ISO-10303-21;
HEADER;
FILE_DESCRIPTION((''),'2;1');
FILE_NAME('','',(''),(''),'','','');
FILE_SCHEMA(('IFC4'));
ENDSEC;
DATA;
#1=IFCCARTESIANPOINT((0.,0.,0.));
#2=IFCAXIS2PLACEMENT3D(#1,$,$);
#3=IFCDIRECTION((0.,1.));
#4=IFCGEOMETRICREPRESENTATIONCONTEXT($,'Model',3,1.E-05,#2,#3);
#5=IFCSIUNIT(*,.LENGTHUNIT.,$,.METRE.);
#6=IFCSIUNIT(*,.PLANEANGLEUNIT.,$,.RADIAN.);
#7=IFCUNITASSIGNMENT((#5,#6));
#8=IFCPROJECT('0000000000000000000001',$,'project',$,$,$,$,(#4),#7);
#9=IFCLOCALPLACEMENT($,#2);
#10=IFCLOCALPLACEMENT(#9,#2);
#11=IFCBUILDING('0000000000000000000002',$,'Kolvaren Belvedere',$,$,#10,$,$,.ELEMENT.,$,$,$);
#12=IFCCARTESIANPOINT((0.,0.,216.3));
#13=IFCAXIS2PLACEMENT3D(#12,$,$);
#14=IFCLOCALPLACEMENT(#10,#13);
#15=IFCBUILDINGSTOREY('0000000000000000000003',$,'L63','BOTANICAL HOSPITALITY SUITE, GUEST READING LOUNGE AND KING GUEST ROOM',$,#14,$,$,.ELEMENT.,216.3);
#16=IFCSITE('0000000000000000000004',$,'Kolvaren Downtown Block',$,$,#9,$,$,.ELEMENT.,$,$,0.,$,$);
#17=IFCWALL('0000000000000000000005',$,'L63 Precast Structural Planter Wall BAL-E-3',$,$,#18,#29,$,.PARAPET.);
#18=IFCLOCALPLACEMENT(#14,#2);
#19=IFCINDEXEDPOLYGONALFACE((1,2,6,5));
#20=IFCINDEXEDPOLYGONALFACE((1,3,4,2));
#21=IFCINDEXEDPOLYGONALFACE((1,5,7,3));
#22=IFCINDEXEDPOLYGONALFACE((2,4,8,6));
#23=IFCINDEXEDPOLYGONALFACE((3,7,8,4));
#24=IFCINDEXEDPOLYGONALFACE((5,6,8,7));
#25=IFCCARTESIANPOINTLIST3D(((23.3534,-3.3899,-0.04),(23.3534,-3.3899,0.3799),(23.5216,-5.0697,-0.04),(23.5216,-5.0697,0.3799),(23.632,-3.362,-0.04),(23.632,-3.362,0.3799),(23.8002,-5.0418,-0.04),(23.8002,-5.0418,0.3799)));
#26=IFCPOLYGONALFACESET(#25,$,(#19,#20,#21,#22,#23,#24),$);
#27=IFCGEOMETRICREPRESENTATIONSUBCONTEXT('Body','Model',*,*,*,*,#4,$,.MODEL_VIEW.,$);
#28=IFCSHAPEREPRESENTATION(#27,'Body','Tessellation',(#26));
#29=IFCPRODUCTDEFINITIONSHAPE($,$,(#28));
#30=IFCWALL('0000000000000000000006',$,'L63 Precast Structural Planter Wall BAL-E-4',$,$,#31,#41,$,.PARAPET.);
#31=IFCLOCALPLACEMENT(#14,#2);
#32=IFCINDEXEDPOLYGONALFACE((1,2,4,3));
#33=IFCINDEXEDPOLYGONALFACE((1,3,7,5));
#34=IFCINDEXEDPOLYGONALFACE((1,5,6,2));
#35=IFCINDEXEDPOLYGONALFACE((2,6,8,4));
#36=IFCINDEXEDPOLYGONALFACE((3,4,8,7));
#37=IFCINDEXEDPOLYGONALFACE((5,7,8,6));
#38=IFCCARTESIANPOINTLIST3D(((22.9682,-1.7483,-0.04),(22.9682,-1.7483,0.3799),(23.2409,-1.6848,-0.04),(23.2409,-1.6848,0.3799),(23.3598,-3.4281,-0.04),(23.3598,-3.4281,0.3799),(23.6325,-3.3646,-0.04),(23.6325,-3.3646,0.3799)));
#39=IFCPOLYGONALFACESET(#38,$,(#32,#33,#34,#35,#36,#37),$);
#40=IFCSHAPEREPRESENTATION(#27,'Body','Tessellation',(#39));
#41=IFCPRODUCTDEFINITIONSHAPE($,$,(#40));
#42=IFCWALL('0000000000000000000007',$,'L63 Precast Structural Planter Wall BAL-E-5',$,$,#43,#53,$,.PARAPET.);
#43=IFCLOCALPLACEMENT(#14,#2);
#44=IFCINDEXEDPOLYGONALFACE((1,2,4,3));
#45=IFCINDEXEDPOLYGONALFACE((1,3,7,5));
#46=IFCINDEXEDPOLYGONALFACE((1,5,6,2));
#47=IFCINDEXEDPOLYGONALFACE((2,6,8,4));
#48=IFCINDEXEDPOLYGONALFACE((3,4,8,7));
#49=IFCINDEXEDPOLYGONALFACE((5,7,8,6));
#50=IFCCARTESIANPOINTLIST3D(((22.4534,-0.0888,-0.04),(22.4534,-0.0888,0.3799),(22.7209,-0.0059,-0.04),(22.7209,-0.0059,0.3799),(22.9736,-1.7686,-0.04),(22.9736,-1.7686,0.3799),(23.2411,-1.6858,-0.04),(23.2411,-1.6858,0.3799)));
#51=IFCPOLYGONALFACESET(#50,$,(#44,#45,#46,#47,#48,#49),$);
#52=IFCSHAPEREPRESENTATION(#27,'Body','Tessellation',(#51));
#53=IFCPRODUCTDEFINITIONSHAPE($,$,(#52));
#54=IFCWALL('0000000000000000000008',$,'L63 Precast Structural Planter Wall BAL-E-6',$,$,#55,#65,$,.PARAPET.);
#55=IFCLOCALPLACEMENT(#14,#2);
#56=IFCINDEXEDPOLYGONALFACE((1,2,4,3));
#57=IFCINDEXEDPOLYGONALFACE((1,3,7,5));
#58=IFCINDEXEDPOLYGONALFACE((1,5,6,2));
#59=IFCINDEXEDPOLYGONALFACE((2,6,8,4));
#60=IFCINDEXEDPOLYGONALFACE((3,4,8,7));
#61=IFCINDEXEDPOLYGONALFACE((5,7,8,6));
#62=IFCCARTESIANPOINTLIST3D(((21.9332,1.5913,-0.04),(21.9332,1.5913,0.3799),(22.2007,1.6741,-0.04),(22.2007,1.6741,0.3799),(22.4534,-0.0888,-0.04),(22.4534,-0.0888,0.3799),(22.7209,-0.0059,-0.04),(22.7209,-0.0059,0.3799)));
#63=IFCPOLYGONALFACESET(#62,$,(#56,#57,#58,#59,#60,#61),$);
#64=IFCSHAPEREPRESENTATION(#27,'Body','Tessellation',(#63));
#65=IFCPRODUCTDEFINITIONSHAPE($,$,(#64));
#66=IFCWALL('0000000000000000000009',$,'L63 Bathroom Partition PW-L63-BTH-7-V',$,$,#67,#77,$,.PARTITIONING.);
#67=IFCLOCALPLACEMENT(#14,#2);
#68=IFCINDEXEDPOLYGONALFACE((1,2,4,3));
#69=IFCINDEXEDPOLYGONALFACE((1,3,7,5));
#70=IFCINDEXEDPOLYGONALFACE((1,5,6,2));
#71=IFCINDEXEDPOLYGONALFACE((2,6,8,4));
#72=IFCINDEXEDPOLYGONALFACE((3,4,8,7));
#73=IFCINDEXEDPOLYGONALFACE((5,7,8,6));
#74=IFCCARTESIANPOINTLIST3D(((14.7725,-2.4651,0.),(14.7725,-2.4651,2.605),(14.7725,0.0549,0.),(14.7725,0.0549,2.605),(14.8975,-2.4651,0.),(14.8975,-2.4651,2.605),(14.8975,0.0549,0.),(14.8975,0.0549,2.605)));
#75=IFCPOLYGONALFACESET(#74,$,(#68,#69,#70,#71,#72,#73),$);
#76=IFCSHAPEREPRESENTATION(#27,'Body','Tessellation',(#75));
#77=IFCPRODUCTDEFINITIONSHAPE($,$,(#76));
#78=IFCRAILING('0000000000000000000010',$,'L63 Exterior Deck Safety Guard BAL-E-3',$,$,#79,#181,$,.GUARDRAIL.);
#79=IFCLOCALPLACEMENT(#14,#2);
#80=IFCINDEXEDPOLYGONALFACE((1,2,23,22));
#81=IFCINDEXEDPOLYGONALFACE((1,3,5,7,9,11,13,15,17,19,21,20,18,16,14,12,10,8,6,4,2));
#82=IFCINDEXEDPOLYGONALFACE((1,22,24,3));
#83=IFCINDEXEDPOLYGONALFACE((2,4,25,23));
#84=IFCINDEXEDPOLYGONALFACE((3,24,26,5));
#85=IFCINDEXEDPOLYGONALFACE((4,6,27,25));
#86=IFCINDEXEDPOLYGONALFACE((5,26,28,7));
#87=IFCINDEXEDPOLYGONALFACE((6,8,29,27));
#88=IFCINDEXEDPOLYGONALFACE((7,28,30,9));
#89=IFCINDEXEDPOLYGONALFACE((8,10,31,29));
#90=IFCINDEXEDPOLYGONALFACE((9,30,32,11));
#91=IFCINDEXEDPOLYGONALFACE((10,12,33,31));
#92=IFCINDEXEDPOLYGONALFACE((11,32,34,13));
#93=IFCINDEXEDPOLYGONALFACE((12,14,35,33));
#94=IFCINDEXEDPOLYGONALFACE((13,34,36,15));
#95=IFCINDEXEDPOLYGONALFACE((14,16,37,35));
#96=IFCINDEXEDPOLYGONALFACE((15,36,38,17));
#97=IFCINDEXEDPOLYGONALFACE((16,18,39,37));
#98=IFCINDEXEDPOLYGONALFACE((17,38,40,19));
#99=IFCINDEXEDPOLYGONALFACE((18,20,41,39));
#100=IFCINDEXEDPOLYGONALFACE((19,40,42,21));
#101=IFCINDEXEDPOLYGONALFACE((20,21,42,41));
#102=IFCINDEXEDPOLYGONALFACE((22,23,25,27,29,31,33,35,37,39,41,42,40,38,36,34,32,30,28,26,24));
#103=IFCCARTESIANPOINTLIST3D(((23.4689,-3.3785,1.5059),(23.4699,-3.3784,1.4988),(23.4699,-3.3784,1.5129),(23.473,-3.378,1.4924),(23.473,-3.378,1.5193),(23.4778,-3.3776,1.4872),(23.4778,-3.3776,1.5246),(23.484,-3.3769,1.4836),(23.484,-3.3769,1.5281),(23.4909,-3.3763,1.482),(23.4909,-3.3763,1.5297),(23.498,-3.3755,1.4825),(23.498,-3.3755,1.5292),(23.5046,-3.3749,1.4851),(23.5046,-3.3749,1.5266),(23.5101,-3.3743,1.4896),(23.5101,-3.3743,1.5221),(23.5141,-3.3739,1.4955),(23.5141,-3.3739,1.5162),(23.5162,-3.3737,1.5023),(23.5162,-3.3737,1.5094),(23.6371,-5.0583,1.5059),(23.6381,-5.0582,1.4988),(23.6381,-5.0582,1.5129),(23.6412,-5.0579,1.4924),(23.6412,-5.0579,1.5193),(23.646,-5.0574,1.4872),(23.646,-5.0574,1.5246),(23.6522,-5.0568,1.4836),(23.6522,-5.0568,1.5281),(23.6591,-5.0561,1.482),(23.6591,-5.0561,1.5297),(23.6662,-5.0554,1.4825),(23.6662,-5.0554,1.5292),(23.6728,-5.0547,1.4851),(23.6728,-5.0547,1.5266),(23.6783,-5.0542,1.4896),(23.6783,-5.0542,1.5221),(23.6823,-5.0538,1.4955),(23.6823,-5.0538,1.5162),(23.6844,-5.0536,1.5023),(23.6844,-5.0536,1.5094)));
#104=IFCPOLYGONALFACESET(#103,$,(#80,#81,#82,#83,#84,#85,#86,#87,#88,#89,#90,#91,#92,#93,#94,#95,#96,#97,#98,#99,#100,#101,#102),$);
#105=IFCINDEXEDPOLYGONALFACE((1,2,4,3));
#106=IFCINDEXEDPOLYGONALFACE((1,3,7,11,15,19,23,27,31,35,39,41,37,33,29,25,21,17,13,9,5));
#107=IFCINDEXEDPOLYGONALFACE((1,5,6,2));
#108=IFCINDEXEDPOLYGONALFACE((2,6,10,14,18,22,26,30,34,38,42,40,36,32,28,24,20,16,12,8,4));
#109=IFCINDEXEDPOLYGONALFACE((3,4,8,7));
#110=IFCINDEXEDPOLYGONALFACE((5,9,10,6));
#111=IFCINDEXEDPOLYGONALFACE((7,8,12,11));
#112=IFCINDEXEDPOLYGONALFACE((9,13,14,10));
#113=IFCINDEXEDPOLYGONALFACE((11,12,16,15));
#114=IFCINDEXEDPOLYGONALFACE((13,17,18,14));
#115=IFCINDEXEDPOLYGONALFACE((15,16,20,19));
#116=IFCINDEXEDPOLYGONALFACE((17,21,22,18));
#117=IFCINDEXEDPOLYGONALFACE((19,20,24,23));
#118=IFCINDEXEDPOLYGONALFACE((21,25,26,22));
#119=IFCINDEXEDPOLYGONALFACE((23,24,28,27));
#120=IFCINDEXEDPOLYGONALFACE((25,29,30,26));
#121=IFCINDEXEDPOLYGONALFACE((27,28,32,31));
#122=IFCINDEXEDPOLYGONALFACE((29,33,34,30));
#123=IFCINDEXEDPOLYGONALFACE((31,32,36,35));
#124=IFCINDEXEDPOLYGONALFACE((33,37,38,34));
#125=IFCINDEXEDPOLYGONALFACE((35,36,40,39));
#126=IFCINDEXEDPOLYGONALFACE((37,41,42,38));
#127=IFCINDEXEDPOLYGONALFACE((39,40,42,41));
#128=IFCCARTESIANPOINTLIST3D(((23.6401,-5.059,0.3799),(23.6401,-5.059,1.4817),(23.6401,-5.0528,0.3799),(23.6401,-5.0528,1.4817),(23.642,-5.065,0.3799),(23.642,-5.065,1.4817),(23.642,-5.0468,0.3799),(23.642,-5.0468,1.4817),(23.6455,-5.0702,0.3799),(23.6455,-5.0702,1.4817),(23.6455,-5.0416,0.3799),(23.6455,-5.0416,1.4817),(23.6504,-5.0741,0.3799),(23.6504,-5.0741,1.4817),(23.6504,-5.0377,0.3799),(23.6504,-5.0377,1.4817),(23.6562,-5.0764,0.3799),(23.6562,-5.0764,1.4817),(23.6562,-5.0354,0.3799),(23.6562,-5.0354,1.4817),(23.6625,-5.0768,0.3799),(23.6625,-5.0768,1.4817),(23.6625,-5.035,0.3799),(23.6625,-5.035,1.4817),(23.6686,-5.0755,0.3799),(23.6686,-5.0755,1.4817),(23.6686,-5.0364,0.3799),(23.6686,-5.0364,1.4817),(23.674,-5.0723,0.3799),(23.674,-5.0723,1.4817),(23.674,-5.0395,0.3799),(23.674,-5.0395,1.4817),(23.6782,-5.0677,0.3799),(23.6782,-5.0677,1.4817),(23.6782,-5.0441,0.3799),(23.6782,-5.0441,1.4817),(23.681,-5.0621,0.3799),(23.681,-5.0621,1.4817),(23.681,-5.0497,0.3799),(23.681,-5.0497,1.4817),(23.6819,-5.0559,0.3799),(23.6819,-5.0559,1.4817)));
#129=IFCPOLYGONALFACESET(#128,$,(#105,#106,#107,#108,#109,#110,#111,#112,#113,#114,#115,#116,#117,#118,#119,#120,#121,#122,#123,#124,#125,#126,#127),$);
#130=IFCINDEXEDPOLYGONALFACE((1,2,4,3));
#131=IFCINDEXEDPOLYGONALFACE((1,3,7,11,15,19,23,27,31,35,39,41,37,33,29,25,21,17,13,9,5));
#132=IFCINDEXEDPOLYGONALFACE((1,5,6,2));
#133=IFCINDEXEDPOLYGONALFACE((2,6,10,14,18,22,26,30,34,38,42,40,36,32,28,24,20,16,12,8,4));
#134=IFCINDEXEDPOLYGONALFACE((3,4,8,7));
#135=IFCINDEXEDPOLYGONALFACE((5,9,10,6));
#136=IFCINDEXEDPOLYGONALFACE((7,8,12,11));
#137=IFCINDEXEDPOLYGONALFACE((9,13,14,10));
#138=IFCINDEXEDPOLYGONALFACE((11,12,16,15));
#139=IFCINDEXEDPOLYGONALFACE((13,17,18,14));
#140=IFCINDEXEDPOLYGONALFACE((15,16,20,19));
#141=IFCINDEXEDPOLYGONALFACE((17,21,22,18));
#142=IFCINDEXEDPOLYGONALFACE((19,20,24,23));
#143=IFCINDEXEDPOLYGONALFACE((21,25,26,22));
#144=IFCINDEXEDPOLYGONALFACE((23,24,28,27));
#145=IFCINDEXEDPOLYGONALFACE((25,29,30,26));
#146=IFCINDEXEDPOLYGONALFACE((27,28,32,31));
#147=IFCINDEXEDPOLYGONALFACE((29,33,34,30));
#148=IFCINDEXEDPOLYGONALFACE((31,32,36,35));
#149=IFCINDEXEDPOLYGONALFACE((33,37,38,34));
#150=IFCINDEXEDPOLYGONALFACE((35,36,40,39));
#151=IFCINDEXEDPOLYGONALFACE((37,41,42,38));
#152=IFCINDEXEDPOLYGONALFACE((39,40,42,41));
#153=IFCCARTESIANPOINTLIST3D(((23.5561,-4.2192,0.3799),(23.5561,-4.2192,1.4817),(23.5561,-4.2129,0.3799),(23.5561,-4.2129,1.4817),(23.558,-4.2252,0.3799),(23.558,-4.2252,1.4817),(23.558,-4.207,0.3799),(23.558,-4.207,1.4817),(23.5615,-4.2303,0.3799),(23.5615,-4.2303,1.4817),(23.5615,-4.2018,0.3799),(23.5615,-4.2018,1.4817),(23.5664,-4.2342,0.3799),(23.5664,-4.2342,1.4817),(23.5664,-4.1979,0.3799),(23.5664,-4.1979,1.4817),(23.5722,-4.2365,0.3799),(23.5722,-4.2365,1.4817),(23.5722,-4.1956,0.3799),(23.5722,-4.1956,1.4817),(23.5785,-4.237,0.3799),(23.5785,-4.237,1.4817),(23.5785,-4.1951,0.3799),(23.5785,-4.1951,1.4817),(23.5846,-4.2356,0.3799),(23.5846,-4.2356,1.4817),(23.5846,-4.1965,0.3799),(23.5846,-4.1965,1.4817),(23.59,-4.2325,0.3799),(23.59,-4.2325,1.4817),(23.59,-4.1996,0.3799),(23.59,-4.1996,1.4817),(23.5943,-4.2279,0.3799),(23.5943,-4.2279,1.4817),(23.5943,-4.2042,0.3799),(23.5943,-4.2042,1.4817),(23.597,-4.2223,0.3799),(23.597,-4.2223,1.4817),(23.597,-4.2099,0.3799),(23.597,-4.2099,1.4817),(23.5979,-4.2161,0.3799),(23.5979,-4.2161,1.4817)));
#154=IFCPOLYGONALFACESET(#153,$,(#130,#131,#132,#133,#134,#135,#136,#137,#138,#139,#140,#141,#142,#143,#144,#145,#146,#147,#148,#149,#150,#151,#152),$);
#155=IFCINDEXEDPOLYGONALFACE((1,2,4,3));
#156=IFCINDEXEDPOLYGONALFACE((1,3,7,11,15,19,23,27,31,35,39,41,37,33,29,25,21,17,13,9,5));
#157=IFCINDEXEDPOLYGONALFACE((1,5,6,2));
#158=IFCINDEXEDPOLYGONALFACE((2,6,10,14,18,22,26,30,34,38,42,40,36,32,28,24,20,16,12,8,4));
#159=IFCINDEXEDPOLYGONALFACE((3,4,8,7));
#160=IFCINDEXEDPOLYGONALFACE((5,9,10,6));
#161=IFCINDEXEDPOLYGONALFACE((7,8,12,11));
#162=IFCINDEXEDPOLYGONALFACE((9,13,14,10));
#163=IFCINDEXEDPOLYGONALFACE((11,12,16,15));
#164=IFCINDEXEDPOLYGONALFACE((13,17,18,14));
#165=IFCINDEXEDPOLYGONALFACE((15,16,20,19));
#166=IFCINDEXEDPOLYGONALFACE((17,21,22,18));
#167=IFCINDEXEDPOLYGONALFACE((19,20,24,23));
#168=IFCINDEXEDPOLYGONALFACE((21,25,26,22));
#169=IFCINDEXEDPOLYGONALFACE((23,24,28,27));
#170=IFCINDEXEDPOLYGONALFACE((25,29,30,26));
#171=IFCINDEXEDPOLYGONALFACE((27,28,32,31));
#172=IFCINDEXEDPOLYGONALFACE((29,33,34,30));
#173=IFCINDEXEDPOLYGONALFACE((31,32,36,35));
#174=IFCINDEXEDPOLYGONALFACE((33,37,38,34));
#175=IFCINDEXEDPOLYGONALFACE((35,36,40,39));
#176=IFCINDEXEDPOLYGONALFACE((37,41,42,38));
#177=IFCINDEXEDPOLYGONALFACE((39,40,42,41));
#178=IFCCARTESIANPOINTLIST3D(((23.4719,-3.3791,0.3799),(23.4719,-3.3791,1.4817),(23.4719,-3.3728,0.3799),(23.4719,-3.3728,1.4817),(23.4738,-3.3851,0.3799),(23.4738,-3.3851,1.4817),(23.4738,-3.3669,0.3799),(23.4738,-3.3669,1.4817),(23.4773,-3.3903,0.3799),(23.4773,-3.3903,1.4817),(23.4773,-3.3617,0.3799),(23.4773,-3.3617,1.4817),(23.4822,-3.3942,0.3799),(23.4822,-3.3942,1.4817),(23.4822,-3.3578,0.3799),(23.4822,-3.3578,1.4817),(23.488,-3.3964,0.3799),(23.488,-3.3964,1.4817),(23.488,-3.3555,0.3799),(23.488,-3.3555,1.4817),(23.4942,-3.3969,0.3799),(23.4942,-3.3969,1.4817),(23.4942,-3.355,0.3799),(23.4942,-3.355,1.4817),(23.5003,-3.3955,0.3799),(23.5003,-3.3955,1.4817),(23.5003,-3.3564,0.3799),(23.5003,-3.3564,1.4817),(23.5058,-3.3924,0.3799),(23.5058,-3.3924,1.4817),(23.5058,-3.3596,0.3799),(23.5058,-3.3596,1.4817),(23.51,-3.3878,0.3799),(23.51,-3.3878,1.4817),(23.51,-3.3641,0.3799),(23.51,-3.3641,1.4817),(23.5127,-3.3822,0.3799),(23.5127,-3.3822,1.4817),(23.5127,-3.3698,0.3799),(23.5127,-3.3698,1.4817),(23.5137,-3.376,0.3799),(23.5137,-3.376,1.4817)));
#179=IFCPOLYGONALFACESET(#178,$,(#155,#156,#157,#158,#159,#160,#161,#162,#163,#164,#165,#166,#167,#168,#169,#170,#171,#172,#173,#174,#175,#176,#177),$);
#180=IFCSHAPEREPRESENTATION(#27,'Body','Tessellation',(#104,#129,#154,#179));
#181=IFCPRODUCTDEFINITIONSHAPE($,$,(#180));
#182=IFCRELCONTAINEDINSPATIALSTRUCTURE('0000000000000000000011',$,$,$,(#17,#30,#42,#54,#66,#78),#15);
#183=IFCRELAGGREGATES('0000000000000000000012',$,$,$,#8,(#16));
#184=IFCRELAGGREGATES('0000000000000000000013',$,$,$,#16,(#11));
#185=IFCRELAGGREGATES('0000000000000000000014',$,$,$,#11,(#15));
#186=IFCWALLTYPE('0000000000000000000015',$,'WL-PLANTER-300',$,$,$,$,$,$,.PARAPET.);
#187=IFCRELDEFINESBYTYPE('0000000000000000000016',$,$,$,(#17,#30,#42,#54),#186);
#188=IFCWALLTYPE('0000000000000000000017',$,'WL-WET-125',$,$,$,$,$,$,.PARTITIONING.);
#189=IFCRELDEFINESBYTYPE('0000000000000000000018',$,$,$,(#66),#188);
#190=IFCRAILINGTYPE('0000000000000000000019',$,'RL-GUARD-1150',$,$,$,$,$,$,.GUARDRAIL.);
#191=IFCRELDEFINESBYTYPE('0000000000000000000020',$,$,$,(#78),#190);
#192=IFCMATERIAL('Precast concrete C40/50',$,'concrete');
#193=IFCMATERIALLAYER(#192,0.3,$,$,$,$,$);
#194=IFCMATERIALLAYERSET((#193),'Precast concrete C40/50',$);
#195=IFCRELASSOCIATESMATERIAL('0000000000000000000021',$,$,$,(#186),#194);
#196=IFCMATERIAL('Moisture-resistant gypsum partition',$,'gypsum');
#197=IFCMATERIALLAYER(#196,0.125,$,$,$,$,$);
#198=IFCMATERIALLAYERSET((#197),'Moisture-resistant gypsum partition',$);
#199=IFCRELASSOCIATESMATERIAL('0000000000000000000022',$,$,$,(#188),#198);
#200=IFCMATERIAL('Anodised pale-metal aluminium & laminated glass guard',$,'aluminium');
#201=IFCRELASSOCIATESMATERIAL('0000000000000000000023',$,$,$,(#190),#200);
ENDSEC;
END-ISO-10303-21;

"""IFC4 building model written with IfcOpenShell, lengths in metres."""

from ifc_helpers import new_model, si_unit, direction, frame, frame_2d, origin, origin_2d, place, context, subcontext, project, spatial, rectangle, circle, extrude, material, layer, layer_set, type_object, element, save


model = new_model("IFC4")

# Units and contexts
model_context = context("Model", 3, precision=1e-05, world=origin(), true_north=direction((0.0, 1.0)))
body_context = subcontext(model_context, "Body", "Model", "MODEL_VIEW")
ifc_project = project(units=[si_unit("LENGTHUNIT", "METRE"), si_unit("PLANEANGLEUNIT", "RADIAN")], contexts=[model_context])

# Site, building, storey
site_placement = place(None, origin())
site = spatial("IfcSite", under=ifc_project, at=site_placement, Name="Kolvaren Downtown Block", CompositionType="ELEMENT", RefElevation=0.0)
building_placement = place(site_placement, origin())
building = spatial("IfcBuilding", under=site, at=building_placement, Name="Kolvaren Belvedere", CompositionType="ELEMENT")
storey_placement = place(building_placement, frame((0.0, 0.0, 216.3)))
storey = spatial("IfcBuildingStorey", under=building, at=storey_placement, Name="L63", Description="BOTANICAL HOSPITALITY SUITE, GUEST READING LOUNGE AND KING GUEST ROOM", CompositionType="ELEMENT", Elevation=216.3)

# Walls
ifc_material_1 = material(Name="Precast concrete C40/50", Category="concrete")
ifc_layer_1 = layer(ifc_material_1, 0.3)
ifc_layer_set_1 = layer_set([ifc_layer_1], Name="Precast concrete C40/50")
wall_type_1 = type_object("IfcWallType", Name="WL-PLANTER-300", PredefinedType="PARAPET", material=ifc_layer_set_1)
wall_1_placement = place(storey_placement, frame((23.6609, -5.0559, -0.04), z_axis=(0.0, 0.0, 1.0), x_axis=(-0.099633, 0.995024, 0.0)))
element("IfcWall", 1, at=wall_1_placement, inside=storey, type_object=wall_type_1, Name="L63 Precast Structural Planter Wall BAL-E-3", PredefinedType="PARAPET", context=body_context, shape_type="SweptSolid", body=[
    extrude(rectangle(XDim=1.6882, YDim=0.28, at=frame_2d((0.8442, 0.0))), origin(), (0.0, 0.0, 1.0), 0.4199),
])
wall_2_placement = place(storey_placement, frame((23.4961, -3.3962, -0.04), z_axis=(0.0, 0.0, 1.0), x_axis=(-0.227019, 0.97389, 0.0)))
element("IfcWall", 2, at=wall_2_placement, inside=storey, type_object=wall_type_1, Name="L63 Precast Structural Planter Wall BAL-E-4", PredefinedType="PARAPET", context=body_context, shape_type="SweptSolid", body=[
    extrude(rectangle(XDim=1.7249, YDim=0.28, at=frame_2d((0.8623, 0.0))), origin(), (0.0, 0.0, 1.0), 0.4199),
])
wall_3_placement = place(storey_placement, frame((23.1074, -1.7273, -0.04), z_axis=(0.0, 0.0, 1.0), x_axis=(-0.295832, 0.95524, 0.0)))
element("IfcWall", 3, at=wall_3_placement, inside=storey, type_object=wall_type_1, Name="L63 Precast Structural Planter Wall BAL-E-5", PredefinedType="PARAPET", context=body_context, shape_type="SweptSolid", body=[
    extrude(rectangle(XDim=1.7585, YDim=0.28, at=frame_2d((0.8794, 0.0))), origin(), (0.0, 0.0, 1.0), 0.4199),
])
wall_4_placement = place(storey_placement, frame((22.5872, -0.0474, -0.04), z_axis=(0.0, 0.0, 1.0), x_axis=(-0.295792, 0.955252, 0.0)))
element("IfcWall", 4, at=wall_4_placement, inside=storey, type_object=wall_type_1, Name="L63 Precast Structural Planter Wall BAL-E-6", PredefinedType="PARAPET", context=body_context, shape_type="SweptSolid", body=[
    extrude(rectangle(XDim=1.7588, YDim=0.28, at=frame_2d((0.8794, 0.0))), origin(), (0.0, 0.0, 1.0), 0.4199),
])
ifc_material_2 = material(Name="Moisture-resistant gypsum partition", Category="gypsum")
ifc_layer_2 = layer(ifc_material_2, 0.125)
ifc_layer_set_2 = layer_set([ifc_layer_2], Name="Moisture-resistant gypsum partition")
wall_type_2 = type_object("IfcWallType", Name="WL-WET-125", PredefinedType="PARTITIONING", material=ifc_layer_set_2)
wall_5_placement = place(storey_placement, frame((14.835, -2.4651, 0.0), z_axis=(0.0, 0.0, 1.0), x_axis=(0.0, 1.0, 0.0)))
element("IfcWall", 5, at=wall_5_placement, inside=storey, type_object=wall_type_2, Name="L63 Bathroom Partition PW-L63-BTH-7-V", PredefinedType="PARTITIONING", context=body_context, shape_type="SweptSolid", body=[
    extrude(rectangle(XDim=2.52, YDim=0.125, at=frame_2d((1.26, 0.0))), origin(), (0.0, 0.0, 1.0), 2.605),
])

# Railing
ifc_material_3 = material(Name="Anodised pale-metal aluminium & laminated glass guard", Category="aluminium")
railing_type = type_object("IfcRailingType", Name="RL-GUARD-1150", PredefinedType="GUARDRAIL", material=ifc_material_3)
railing_1_placement = place(storey_placement, frame((23.6609, -5.0559, 0.3799)))
element("IfcRailing", 6, at=railing_1_placement, inside=storey, type_object=railing_type, Name="L63 Exterior Deck Safety Guard BAL-E-3", PredefinedType="GUARDRAIL", context=body_context, shape_type="SweptSolid", body=[
    extrude(circle(Radius=0.0239, at=origin_2d()), frame((0.0, 0.0, 1.126), z_axis=(-0.099633, 0.995024, 0.0), x_axis=(-0.995024, -0.099633, 0.0)), (0.0, 0.0, 1.0), 1.6882),
    extrude(circle(Radius=0.021, at=origin_2d()), origin(), (0.0, 0.0, 1.0), 1.1018),
    extrude(circle(Radius=0.021, at=origin_2d()), frame((-0.084, 0.8398, 0.0)), (0.0, 0.0, 1.0), 1.1018),
    extrude(circle(Radius=0.021, at=origin_2d()), frame((-0.1682, 1.6799, 0.0)), (0.0, 0.0, 1.0), 1.1018),
])

save(model, "model.ifc")
